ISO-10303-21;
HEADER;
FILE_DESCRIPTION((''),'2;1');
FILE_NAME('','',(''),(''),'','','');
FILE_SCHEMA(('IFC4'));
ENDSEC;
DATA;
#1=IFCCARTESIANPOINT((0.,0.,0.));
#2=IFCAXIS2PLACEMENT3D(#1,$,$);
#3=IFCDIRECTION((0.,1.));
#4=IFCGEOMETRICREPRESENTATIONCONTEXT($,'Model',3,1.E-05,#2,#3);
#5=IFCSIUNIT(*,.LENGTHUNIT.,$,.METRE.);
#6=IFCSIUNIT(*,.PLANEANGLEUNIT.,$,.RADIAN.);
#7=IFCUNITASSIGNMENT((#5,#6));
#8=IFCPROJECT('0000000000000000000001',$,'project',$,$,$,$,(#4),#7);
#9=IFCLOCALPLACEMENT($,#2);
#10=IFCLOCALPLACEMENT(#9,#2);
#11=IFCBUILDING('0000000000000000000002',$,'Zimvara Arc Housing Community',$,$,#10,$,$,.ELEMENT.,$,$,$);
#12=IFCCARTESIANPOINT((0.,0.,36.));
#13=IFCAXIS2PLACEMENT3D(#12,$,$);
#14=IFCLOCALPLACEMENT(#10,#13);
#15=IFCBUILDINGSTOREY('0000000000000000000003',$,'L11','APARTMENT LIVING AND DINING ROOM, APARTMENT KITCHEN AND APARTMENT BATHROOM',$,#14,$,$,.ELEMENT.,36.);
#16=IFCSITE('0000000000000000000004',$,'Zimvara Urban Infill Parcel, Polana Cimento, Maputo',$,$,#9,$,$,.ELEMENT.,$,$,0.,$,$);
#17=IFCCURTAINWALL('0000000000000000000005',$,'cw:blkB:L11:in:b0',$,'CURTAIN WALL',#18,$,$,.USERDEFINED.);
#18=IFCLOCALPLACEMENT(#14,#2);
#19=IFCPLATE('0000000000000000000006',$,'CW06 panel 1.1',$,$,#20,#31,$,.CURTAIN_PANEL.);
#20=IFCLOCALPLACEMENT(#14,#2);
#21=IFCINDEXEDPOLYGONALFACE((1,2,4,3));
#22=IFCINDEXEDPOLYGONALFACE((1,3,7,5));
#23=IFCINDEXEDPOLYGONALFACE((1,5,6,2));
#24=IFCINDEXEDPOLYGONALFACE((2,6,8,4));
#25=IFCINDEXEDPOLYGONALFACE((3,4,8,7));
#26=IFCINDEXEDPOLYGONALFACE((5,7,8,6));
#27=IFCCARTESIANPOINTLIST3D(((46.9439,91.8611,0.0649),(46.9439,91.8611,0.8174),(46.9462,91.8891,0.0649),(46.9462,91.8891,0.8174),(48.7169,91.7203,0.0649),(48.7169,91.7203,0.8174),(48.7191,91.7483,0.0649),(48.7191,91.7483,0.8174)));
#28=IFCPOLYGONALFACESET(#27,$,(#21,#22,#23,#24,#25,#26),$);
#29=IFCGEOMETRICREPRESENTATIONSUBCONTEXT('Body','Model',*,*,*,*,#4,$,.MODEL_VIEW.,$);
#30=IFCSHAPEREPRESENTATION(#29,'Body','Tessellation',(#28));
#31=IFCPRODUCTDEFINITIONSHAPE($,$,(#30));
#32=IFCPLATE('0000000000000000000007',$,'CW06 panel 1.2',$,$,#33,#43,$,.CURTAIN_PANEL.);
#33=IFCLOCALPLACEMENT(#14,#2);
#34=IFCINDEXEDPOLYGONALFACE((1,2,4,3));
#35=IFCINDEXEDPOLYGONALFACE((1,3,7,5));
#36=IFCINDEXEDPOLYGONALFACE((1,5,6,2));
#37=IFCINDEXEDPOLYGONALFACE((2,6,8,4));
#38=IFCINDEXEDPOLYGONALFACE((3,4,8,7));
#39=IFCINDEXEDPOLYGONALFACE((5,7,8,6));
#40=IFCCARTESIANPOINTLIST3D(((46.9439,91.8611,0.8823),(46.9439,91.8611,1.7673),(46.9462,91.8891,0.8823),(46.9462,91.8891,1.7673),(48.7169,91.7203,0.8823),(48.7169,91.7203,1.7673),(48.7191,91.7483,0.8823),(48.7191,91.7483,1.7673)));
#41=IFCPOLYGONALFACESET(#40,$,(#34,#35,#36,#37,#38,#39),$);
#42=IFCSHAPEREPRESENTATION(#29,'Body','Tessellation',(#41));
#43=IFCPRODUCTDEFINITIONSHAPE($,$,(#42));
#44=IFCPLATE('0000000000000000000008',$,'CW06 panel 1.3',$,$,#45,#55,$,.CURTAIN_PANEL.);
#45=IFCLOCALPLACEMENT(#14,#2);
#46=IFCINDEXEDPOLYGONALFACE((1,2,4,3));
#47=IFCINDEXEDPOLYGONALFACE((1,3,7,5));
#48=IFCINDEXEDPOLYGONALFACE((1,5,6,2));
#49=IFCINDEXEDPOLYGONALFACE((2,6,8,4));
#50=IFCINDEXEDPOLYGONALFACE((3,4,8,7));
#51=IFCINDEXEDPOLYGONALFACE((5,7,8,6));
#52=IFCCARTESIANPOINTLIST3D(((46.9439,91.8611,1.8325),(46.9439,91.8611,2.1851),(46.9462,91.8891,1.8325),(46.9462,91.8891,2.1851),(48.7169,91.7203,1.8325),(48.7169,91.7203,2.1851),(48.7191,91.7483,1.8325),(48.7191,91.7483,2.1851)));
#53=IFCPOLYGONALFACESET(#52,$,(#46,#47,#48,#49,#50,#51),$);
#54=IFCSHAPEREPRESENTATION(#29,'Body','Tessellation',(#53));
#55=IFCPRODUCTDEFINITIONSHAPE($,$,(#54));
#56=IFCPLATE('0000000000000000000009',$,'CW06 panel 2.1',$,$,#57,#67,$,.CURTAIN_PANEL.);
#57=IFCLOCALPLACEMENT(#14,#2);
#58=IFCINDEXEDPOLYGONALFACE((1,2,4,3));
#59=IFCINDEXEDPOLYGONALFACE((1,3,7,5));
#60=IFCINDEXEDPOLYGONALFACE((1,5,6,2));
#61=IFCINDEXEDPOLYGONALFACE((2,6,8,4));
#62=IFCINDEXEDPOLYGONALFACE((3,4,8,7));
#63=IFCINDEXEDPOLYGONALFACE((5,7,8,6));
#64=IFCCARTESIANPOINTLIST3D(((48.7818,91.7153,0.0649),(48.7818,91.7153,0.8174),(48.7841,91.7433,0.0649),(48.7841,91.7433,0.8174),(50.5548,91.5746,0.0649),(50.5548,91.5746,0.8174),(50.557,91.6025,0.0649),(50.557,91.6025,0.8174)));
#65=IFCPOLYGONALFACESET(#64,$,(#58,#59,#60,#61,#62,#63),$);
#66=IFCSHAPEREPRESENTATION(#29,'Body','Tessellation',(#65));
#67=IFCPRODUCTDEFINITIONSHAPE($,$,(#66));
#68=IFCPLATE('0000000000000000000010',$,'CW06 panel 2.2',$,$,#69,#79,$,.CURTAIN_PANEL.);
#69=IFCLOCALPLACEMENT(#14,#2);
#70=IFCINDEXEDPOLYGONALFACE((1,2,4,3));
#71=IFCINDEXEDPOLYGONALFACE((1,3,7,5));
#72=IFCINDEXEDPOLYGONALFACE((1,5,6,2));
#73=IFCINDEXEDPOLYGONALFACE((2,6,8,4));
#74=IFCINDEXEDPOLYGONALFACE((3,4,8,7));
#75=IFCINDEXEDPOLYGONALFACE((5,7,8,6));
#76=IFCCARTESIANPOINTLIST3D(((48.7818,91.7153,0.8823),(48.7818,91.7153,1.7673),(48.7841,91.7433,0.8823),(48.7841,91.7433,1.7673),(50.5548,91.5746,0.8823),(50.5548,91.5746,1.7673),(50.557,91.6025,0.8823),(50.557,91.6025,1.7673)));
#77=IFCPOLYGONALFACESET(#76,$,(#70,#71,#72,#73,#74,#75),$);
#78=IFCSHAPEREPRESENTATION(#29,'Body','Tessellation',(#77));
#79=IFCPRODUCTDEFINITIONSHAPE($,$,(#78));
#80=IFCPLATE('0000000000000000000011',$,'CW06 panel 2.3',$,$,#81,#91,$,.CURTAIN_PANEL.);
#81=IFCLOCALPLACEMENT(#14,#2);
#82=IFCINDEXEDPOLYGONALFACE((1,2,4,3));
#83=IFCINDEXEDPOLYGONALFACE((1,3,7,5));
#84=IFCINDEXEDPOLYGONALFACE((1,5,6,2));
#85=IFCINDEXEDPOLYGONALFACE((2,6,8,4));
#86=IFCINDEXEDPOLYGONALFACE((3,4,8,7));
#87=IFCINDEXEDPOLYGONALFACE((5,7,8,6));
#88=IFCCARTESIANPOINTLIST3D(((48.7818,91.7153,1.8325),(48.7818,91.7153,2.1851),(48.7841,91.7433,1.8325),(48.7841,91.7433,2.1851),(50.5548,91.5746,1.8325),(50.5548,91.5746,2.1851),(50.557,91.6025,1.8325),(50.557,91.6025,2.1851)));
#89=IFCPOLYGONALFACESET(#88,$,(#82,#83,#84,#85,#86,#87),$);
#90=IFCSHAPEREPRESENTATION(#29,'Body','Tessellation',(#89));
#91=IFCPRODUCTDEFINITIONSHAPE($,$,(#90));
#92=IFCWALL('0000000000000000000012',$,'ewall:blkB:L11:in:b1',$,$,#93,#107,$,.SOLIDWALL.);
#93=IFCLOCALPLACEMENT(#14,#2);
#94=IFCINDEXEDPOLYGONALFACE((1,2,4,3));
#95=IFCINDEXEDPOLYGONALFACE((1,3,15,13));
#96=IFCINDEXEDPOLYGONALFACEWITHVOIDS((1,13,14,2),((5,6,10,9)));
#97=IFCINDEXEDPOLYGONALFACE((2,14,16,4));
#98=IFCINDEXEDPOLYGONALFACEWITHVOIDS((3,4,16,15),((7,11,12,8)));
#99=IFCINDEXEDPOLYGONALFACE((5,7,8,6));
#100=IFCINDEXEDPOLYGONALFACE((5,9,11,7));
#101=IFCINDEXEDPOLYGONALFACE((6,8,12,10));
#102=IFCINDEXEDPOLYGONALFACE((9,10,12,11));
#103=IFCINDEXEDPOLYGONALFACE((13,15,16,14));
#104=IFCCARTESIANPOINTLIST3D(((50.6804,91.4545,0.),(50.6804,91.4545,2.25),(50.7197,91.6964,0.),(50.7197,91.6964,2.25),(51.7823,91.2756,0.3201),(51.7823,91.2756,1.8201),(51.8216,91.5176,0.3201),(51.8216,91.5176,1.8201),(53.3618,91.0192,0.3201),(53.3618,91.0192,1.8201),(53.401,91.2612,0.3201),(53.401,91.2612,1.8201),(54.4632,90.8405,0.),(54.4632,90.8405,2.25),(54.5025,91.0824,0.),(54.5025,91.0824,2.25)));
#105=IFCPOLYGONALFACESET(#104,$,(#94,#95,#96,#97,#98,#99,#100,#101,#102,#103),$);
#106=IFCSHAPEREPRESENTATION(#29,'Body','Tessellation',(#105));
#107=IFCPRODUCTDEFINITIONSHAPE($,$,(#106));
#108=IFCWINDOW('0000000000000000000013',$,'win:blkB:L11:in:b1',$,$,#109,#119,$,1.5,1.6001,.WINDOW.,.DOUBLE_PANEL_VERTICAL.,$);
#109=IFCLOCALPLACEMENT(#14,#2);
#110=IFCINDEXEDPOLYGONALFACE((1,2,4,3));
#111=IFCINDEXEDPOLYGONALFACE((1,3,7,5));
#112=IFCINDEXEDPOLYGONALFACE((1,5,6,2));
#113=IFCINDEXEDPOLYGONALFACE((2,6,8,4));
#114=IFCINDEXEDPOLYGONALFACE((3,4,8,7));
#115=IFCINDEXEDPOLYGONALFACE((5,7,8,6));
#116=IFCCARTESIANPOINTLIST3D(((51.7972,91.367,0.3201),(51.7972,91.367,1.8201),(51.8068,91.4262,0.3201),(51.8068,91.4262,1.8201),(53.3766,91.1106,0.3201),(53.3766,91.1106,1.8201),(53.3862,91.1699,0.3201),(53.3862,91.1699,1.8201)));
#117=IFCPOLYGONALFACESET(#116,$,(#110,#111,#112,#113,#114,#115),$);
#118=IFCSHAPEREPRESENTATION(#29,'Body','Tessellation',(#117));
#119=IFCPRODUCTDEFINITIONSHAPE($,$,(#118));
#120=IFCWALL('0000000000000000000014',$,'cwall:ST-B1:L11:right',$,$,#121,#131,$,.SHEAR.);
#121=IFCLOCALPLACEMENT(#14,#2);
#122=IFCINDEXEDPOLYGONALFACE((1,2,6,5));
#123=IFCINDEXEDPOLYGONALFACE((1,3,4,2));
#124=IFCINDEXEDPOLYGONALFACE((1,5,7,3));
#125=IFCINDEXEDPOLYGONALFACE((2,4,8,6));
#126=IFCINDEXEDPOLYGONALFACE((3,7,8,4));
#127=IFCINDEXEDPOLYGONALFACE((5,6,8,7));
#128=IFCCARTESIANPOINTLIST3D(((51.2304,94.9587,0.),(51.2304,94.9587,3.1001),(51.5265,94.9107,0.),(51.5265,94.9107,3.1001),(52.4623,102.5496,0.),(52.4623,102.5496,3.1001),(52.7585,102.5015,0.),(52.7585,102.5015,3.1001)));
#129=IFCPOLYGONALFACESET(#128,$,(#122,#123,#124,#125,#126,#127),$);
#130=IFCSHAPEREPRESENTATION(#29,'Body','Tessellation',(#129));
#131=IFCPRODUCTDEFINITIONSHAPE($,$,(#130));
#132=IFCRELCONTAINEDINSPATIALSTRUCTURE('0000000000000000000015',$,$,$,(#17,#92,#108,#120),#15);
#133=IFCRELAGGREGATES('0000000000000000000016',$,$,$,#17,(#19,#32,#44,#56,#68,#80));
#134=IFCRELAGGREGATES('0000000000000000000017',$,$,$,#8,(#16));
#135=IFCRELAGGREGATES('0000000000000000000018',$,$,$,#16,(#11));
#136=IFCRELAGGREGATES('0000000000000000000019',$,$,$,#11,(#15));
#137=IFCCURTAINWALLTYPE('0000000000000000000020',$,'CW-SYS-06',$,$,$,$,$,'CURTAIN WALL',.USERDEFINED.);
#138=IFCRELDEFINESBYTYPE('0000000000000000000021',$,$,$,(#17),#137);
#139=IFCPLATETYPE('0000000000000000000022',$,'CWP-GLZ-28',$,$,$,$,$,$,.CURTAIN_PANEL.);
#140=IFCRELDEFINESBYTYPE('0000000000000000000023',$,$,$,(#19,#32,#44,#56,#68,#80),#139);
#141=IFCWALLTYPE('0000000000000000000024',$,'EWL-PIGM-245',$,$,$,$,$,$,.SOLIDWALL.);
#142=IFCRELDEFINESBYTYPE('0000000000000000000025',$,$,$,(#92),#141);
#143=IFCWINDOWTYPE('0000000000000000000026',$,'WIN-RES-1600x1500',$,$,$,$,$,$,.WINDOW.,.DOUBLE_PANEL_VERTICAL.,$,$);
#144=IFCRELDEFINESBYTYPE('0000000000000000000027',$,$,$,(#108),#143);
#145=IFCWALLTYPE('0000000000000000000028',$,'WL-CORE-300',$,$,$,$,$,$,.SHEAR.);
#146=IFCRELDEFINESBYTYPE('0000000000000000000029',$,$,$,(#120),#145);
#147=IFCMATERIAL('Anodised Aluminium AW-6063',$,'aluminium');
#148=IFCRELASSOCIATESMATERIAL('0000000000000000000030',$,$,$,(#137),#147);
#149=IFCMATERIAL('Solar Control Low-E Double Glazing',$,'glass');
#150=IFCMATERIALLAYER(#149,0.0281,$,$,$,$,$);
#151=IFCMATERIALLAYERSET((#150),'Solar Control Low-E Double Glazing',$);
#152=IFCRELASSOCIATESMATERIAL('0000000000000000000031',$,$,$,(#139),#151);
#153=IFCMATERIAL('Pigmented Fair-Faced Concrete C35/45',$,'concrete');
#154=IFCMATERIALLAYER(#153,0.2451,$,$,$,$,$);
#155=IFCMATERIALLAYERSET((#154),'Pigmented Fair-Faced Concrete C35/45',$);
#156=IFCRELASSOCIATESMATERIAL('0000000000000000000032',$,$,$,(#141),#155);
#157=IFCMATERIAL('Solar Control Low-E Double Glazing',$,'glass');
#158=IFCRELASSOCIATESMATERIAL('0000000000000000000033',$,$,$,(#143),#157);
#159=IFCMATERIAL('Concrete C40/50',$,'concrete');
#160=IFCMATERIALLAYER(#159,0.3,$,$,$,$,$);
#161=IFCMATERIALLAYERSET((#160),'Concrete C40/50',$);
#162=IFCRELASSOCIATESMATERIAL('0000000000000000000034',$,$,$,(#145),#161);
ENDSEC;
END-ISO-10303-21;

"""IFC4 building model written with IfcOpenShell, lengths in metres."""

from ifc_helpers import new_model, si_unit, direction, frame, frame_2d, origin, origin_2d, place, context, subcontext, project, spatial, rectangle, extrude, material, layer, layer_set, type_object, element, fill, aggregate, save


model = new_model("IFC4")

# Units and contexts
model_context = context("Model", 3, precision=1e-05, world=origin(), true_north=direction((0.0, 1.0)))
body_context = subcontext(model_context, "Body", "Model", "MODEL_VIEW")
ifc_project = project(units=[si_unit("LENGTHUNIT", "METRE"), si_unit("PLANEANGLEUNIT", "RADIAN")], contexts=[model_context])

# Site, building, storey
site_placement = place(None, origin())
site = spatial("IfcSite", under=ifc_project, at=site_placement, Name="Zimvara Urban Infill Parcel, Polana Cimento, Maputo", CompositionType="ELEMENT", RefElevation=0.0)
building_placement = place(site_placement, origin())
building = spatial("IfcBuilding", under=site, at=building_placement, Name="Zimvara Arc Housing Community", CompositionType="ELEMENT")
storey_placement = place(building_placement, frame((0.0, 0.0, 36.0)))
storey = spatial("IfcBuildingStorey", under=building, at=storey_placement, Name="L11", Description="APARTMENT LIVING AND DINING ROOM, APARTMENT KITCHEN AND APARTMENT BATHROOM", CompositionType="ELEMENT", Elevation=36.0)

# Curtain wall, plates
ifc_material_1 = material(Name="Anodised Aluminium AW-6063", Category="aluminium")
curtain_wall_type = type_object("IfcCurtainWallType", Name="CW-SYS-06", ElementType="CURTAIN WALL", PredefinedType="USERDEFINED", material=ifc_material_1)
curtain_wall_placement = place(storey_placement, origin())
curtain_wall = element("IfcCurtainWall", 1, at=curtain_wall_placement, inside=storey, type_object=curtain_wall_type, Name="cw:blkB:L11:in:b0", ObjectType="CURTAIN WALL", PredefinedType="USERDEFINED")
ifc_material_2 = material(Name="Solar Control Low-E Double Glazing", Category="glass")
ifc_layer_1 = layer(ifc_material_2, 0.0281)
ifc_layer_set_1 = layer_set([ifc_layer_1], Name="Solar Control Low-E Double Glazing")
plate_type = type_object("IfcPlateType", Name="CWP-GLZ-28", PredefinedType="CURTAIN_PANEL", material=ifc_layer_set_1)
plate_1_placement = place(storey_placement, frame((47.8315, 91.8047, 0.0649), z_axis=(0.0, 0.0, 1.0), x_axis=(0.996862, -0.079155, 0.0)))
plate_1 = element("IfcPlate", 2, at=plate_1_placement, type_object=plate_type, Name="CW06 panel 1.1", PredefinedType="CURTAIN_PANEL", context=body_context, shape_type="SweptSolid", body=[
    extrude(rectangle(XDim=1.7786, YDim=0.0281, at=origin_2d()), origin(), (0.0, 0.0, 1.0), 0.7524),
])
plate_2_placement = place(storey_placement, frame((47.8315, 91.8047, 0.8823), z_axis=(0.0, 0.0, 1.0), x_axis=(0.996862, -0.079155, 0.0)))
plate_2 = element("IfcPlate", 3, at=plate_2_placement, type_object=plate_type, Name="CW06 panel 1.2", PredefinedType="CURTAIN_PANEL", context=body_context, shape_type="SweptSolid", body=[
    extrude(rectangle(XDim=1.7786, YDim=0.0281, at=origin_2d()), origin(), (0.0, 0.0, 1.0), 0.885),
])
plate_3_placement = place(storey_placement, frame((47.8315, 91.8047, 1.8325), z_axis=(0.0, 0.0, 1.0), x_axis=(0.996862, -0.079155, 0.0)))
plate_3 = element("IfcPlate", 4, at=plate_3_placement, type_object=plate_type, Name="CW06 panel 1.3", PredefinedType="CURTAIN_PANEL", context=body_context, shape_type="SweptSolid", body=[
    extrude(rectangle(XDim=1.7786, YDim=0.0281, at=origin_2d()), origin(), (0.0, 0.0, 1.0), 0.3525),
])
plate_4_placement = place(storey_placement, frame((49.6694, 91.6589, 0.0649), z_axis=(0.0, 0.0, 1.0), x_axis=(0.996862, -0.079155, 0.0)))
plate_4 = element("IfcPlate", 5, at=plate_4_placement, type_object=plate_type, Name="CW06 panel 2.1", PredefinedType="CURTAIN_PANEL", context=body_context, shape_type="SweptSolid", body=[
    extrude(rectangle(XDim=1.7786, YDim=0.0281, at=origin_2d()), origin(), (0.0, 0.0, 1.0), 0.7524),
])
plate_5_placement = place(storey_placement, frame((49.6694, 91.6589, 0.8823), z_axis=(0.0, 0.0, 1.0), x_axis=(0.996862, -0.079155, 0.0)))
plate_5 = element("IfcPlate", 6, at=plate_5_placement, type_object=plate_type, Name="CW06 panel 2.2", PredefinedType="CURTAIN_PANEL", context=body_context, shape_type="SweptSolid", body=[
    extrude(rectangle(XDim=1.7786, YDim=0.0281, at=origin_2d()), origin(), (0.0, 0.0, 1.0), 0.885),
])
plate_6_placement = place(storey_placement, frame((49.6694, 91.6589, 1.8325), z_axis=(0.0, 0.0, 1.0), x_axis=(0.996862, -0.079155, 0.0)))
plate_6 = element("IfcPlate", 7, at=plate_6_placement, type_object=plate_type, Name="CW06 panel 2.3", PredefinedType="CURTAIN_PANEL", context=body_context, shape_type="SweptSolid", body=[
    extrude(rectangle(XDim=1.7786, YDim=0.0281, at=origin_2d()), origin(), (0.0, 0.0, 1.0), 0.3525),
])
aggregate(curtain_wall, [plate_1, plate_2, plate_3, plate_4, plate_5, plate_6])

# Wall, opening, window
ifc_material_3 = material(Name="Pigmented Fair-Faced Concrete C35/45", Category="concrete")
ifc_layer_2 = layer(ifc_material_3, 0.2451)
ifc_layer_set_2 = layer_set([ifc_layer_2], Name="Pigmented Fair-Faced Concrete C35/45")
wall_type_1 = type_object("IfcWallType", Name="EWL-PIGM-245", PredefinedType="SOLIDWALL", material=ifc_layer_set_2)
wall_1_placement = place(storey_placement, frame((50.7002, 91.5754, 0.0), z_axis=(0.0, 0.0, 1.0), x_axis=(0.987081, -0.160224, 0.0)))
wall_1 = element("IfcWall", 8, at=wall_1_placement, inside=storey, type_object=wall_type_1, Name="ewall:blkB:L11:in:b1", PredefinedType="SOLIDWALL", context=body_context, shape_type="SweptSolid", body=[
    extrude(rectangle(XDim=3.8323, YDim=0.2451, at=frame_2d((1.916, 0.0))), origin(), (0.0, 0.0, 1.0), 2.25),
])
opening_1_placement = place(wall_1_placement, frame((1.1162, 0.0, 0.3201)))
opening_1 = element("IfcOpeningElement", 9, at=opening_1_placement, cuts=wall_1, PredefinedType="OPENING", context=body_context, shape_type="SweptSolid", body=[
    extrude(rectangle(XDim=1.6001, YDim=1.5, at=frame_2d((0.8, 0.75))), frame((0.0, 0.1326, 0.0), z_axis=(0.0, -1.0, 0.0), x_axis=(1.0, 0.0, 0.0)), (0.0, 0.0, 1.0), 0.2651),
])
ifc_material_4 = material(Name="Solar Control Low-E Double Glazing", Category="glass")
window_type = type_object("IfcWindowType", Name="WIN-RES-1600x1500", PartitioningType="DOUBLE_PANEL_VERTICAL", PredefinedType="WINDOW", material=ifc_material_4)
window_placement = place(opening_1_placement, origin())
window = element("IfcWindow", 10, at=window_placement, inside=storey, type_object=window_type, Name="win:blkB:L11:in:b1", OverallHeight=1.5, OverallWidth=1.6001, PartitioningType="DOUBLE_PANEL_VERTICAL", PredefinedType="WINDOW", context=body_context, shape_type="SweptSolid", body=[
    extrude(rectangle(XDim=1.6001, YDim=1.5, at=frame_2d((0.8, 0.75))), frame((0.0, 0.03, 0.0), z_axis=(0.0, -1.0, 0.0), x_axis=(1.0, 0.0, 0.0)), (0.0, 0.0, 1.0), 0.0601),
])
fill(opening_1, window)

# Wall
ifc_material_5 = material(Name="Concrete C40/50", Category="concrete")
ifc_layer_3 = layer(ifc_material_5, 0.3)
ifc_layer_set_3 = layer_set([ifc_layer_3], Name="Concrete C40/50")
wall_type_2 = type_object("IfcWallType", Name="WL-CORE-300", PredefinedType="SHEAR", material=ifc_layer_set_3)
wall_2_placement = place(storey_placement, frame((51.3784, 94.9346, 0.0), z_axis=(0.0, 0.0, 1.0), x_axis=(0.160197, 0.987085, 0.0)))
element("IfcWall", 11, at=wall_2_placement, inside=storey, type_object=wall_type_2, Name="cwall:ST-B1:L11:right", PredefinedType="SHEAR", context=body_context, shape_type="SweptSolid", body=[
    extrude(rectangle(XDim=7.6902, YDim=0.3, at=frame_2d((3.8452, 0.0))), origin(), (0.0, 0.0, 1.0), 3.1001),
])

save(model, "model.ifc")
